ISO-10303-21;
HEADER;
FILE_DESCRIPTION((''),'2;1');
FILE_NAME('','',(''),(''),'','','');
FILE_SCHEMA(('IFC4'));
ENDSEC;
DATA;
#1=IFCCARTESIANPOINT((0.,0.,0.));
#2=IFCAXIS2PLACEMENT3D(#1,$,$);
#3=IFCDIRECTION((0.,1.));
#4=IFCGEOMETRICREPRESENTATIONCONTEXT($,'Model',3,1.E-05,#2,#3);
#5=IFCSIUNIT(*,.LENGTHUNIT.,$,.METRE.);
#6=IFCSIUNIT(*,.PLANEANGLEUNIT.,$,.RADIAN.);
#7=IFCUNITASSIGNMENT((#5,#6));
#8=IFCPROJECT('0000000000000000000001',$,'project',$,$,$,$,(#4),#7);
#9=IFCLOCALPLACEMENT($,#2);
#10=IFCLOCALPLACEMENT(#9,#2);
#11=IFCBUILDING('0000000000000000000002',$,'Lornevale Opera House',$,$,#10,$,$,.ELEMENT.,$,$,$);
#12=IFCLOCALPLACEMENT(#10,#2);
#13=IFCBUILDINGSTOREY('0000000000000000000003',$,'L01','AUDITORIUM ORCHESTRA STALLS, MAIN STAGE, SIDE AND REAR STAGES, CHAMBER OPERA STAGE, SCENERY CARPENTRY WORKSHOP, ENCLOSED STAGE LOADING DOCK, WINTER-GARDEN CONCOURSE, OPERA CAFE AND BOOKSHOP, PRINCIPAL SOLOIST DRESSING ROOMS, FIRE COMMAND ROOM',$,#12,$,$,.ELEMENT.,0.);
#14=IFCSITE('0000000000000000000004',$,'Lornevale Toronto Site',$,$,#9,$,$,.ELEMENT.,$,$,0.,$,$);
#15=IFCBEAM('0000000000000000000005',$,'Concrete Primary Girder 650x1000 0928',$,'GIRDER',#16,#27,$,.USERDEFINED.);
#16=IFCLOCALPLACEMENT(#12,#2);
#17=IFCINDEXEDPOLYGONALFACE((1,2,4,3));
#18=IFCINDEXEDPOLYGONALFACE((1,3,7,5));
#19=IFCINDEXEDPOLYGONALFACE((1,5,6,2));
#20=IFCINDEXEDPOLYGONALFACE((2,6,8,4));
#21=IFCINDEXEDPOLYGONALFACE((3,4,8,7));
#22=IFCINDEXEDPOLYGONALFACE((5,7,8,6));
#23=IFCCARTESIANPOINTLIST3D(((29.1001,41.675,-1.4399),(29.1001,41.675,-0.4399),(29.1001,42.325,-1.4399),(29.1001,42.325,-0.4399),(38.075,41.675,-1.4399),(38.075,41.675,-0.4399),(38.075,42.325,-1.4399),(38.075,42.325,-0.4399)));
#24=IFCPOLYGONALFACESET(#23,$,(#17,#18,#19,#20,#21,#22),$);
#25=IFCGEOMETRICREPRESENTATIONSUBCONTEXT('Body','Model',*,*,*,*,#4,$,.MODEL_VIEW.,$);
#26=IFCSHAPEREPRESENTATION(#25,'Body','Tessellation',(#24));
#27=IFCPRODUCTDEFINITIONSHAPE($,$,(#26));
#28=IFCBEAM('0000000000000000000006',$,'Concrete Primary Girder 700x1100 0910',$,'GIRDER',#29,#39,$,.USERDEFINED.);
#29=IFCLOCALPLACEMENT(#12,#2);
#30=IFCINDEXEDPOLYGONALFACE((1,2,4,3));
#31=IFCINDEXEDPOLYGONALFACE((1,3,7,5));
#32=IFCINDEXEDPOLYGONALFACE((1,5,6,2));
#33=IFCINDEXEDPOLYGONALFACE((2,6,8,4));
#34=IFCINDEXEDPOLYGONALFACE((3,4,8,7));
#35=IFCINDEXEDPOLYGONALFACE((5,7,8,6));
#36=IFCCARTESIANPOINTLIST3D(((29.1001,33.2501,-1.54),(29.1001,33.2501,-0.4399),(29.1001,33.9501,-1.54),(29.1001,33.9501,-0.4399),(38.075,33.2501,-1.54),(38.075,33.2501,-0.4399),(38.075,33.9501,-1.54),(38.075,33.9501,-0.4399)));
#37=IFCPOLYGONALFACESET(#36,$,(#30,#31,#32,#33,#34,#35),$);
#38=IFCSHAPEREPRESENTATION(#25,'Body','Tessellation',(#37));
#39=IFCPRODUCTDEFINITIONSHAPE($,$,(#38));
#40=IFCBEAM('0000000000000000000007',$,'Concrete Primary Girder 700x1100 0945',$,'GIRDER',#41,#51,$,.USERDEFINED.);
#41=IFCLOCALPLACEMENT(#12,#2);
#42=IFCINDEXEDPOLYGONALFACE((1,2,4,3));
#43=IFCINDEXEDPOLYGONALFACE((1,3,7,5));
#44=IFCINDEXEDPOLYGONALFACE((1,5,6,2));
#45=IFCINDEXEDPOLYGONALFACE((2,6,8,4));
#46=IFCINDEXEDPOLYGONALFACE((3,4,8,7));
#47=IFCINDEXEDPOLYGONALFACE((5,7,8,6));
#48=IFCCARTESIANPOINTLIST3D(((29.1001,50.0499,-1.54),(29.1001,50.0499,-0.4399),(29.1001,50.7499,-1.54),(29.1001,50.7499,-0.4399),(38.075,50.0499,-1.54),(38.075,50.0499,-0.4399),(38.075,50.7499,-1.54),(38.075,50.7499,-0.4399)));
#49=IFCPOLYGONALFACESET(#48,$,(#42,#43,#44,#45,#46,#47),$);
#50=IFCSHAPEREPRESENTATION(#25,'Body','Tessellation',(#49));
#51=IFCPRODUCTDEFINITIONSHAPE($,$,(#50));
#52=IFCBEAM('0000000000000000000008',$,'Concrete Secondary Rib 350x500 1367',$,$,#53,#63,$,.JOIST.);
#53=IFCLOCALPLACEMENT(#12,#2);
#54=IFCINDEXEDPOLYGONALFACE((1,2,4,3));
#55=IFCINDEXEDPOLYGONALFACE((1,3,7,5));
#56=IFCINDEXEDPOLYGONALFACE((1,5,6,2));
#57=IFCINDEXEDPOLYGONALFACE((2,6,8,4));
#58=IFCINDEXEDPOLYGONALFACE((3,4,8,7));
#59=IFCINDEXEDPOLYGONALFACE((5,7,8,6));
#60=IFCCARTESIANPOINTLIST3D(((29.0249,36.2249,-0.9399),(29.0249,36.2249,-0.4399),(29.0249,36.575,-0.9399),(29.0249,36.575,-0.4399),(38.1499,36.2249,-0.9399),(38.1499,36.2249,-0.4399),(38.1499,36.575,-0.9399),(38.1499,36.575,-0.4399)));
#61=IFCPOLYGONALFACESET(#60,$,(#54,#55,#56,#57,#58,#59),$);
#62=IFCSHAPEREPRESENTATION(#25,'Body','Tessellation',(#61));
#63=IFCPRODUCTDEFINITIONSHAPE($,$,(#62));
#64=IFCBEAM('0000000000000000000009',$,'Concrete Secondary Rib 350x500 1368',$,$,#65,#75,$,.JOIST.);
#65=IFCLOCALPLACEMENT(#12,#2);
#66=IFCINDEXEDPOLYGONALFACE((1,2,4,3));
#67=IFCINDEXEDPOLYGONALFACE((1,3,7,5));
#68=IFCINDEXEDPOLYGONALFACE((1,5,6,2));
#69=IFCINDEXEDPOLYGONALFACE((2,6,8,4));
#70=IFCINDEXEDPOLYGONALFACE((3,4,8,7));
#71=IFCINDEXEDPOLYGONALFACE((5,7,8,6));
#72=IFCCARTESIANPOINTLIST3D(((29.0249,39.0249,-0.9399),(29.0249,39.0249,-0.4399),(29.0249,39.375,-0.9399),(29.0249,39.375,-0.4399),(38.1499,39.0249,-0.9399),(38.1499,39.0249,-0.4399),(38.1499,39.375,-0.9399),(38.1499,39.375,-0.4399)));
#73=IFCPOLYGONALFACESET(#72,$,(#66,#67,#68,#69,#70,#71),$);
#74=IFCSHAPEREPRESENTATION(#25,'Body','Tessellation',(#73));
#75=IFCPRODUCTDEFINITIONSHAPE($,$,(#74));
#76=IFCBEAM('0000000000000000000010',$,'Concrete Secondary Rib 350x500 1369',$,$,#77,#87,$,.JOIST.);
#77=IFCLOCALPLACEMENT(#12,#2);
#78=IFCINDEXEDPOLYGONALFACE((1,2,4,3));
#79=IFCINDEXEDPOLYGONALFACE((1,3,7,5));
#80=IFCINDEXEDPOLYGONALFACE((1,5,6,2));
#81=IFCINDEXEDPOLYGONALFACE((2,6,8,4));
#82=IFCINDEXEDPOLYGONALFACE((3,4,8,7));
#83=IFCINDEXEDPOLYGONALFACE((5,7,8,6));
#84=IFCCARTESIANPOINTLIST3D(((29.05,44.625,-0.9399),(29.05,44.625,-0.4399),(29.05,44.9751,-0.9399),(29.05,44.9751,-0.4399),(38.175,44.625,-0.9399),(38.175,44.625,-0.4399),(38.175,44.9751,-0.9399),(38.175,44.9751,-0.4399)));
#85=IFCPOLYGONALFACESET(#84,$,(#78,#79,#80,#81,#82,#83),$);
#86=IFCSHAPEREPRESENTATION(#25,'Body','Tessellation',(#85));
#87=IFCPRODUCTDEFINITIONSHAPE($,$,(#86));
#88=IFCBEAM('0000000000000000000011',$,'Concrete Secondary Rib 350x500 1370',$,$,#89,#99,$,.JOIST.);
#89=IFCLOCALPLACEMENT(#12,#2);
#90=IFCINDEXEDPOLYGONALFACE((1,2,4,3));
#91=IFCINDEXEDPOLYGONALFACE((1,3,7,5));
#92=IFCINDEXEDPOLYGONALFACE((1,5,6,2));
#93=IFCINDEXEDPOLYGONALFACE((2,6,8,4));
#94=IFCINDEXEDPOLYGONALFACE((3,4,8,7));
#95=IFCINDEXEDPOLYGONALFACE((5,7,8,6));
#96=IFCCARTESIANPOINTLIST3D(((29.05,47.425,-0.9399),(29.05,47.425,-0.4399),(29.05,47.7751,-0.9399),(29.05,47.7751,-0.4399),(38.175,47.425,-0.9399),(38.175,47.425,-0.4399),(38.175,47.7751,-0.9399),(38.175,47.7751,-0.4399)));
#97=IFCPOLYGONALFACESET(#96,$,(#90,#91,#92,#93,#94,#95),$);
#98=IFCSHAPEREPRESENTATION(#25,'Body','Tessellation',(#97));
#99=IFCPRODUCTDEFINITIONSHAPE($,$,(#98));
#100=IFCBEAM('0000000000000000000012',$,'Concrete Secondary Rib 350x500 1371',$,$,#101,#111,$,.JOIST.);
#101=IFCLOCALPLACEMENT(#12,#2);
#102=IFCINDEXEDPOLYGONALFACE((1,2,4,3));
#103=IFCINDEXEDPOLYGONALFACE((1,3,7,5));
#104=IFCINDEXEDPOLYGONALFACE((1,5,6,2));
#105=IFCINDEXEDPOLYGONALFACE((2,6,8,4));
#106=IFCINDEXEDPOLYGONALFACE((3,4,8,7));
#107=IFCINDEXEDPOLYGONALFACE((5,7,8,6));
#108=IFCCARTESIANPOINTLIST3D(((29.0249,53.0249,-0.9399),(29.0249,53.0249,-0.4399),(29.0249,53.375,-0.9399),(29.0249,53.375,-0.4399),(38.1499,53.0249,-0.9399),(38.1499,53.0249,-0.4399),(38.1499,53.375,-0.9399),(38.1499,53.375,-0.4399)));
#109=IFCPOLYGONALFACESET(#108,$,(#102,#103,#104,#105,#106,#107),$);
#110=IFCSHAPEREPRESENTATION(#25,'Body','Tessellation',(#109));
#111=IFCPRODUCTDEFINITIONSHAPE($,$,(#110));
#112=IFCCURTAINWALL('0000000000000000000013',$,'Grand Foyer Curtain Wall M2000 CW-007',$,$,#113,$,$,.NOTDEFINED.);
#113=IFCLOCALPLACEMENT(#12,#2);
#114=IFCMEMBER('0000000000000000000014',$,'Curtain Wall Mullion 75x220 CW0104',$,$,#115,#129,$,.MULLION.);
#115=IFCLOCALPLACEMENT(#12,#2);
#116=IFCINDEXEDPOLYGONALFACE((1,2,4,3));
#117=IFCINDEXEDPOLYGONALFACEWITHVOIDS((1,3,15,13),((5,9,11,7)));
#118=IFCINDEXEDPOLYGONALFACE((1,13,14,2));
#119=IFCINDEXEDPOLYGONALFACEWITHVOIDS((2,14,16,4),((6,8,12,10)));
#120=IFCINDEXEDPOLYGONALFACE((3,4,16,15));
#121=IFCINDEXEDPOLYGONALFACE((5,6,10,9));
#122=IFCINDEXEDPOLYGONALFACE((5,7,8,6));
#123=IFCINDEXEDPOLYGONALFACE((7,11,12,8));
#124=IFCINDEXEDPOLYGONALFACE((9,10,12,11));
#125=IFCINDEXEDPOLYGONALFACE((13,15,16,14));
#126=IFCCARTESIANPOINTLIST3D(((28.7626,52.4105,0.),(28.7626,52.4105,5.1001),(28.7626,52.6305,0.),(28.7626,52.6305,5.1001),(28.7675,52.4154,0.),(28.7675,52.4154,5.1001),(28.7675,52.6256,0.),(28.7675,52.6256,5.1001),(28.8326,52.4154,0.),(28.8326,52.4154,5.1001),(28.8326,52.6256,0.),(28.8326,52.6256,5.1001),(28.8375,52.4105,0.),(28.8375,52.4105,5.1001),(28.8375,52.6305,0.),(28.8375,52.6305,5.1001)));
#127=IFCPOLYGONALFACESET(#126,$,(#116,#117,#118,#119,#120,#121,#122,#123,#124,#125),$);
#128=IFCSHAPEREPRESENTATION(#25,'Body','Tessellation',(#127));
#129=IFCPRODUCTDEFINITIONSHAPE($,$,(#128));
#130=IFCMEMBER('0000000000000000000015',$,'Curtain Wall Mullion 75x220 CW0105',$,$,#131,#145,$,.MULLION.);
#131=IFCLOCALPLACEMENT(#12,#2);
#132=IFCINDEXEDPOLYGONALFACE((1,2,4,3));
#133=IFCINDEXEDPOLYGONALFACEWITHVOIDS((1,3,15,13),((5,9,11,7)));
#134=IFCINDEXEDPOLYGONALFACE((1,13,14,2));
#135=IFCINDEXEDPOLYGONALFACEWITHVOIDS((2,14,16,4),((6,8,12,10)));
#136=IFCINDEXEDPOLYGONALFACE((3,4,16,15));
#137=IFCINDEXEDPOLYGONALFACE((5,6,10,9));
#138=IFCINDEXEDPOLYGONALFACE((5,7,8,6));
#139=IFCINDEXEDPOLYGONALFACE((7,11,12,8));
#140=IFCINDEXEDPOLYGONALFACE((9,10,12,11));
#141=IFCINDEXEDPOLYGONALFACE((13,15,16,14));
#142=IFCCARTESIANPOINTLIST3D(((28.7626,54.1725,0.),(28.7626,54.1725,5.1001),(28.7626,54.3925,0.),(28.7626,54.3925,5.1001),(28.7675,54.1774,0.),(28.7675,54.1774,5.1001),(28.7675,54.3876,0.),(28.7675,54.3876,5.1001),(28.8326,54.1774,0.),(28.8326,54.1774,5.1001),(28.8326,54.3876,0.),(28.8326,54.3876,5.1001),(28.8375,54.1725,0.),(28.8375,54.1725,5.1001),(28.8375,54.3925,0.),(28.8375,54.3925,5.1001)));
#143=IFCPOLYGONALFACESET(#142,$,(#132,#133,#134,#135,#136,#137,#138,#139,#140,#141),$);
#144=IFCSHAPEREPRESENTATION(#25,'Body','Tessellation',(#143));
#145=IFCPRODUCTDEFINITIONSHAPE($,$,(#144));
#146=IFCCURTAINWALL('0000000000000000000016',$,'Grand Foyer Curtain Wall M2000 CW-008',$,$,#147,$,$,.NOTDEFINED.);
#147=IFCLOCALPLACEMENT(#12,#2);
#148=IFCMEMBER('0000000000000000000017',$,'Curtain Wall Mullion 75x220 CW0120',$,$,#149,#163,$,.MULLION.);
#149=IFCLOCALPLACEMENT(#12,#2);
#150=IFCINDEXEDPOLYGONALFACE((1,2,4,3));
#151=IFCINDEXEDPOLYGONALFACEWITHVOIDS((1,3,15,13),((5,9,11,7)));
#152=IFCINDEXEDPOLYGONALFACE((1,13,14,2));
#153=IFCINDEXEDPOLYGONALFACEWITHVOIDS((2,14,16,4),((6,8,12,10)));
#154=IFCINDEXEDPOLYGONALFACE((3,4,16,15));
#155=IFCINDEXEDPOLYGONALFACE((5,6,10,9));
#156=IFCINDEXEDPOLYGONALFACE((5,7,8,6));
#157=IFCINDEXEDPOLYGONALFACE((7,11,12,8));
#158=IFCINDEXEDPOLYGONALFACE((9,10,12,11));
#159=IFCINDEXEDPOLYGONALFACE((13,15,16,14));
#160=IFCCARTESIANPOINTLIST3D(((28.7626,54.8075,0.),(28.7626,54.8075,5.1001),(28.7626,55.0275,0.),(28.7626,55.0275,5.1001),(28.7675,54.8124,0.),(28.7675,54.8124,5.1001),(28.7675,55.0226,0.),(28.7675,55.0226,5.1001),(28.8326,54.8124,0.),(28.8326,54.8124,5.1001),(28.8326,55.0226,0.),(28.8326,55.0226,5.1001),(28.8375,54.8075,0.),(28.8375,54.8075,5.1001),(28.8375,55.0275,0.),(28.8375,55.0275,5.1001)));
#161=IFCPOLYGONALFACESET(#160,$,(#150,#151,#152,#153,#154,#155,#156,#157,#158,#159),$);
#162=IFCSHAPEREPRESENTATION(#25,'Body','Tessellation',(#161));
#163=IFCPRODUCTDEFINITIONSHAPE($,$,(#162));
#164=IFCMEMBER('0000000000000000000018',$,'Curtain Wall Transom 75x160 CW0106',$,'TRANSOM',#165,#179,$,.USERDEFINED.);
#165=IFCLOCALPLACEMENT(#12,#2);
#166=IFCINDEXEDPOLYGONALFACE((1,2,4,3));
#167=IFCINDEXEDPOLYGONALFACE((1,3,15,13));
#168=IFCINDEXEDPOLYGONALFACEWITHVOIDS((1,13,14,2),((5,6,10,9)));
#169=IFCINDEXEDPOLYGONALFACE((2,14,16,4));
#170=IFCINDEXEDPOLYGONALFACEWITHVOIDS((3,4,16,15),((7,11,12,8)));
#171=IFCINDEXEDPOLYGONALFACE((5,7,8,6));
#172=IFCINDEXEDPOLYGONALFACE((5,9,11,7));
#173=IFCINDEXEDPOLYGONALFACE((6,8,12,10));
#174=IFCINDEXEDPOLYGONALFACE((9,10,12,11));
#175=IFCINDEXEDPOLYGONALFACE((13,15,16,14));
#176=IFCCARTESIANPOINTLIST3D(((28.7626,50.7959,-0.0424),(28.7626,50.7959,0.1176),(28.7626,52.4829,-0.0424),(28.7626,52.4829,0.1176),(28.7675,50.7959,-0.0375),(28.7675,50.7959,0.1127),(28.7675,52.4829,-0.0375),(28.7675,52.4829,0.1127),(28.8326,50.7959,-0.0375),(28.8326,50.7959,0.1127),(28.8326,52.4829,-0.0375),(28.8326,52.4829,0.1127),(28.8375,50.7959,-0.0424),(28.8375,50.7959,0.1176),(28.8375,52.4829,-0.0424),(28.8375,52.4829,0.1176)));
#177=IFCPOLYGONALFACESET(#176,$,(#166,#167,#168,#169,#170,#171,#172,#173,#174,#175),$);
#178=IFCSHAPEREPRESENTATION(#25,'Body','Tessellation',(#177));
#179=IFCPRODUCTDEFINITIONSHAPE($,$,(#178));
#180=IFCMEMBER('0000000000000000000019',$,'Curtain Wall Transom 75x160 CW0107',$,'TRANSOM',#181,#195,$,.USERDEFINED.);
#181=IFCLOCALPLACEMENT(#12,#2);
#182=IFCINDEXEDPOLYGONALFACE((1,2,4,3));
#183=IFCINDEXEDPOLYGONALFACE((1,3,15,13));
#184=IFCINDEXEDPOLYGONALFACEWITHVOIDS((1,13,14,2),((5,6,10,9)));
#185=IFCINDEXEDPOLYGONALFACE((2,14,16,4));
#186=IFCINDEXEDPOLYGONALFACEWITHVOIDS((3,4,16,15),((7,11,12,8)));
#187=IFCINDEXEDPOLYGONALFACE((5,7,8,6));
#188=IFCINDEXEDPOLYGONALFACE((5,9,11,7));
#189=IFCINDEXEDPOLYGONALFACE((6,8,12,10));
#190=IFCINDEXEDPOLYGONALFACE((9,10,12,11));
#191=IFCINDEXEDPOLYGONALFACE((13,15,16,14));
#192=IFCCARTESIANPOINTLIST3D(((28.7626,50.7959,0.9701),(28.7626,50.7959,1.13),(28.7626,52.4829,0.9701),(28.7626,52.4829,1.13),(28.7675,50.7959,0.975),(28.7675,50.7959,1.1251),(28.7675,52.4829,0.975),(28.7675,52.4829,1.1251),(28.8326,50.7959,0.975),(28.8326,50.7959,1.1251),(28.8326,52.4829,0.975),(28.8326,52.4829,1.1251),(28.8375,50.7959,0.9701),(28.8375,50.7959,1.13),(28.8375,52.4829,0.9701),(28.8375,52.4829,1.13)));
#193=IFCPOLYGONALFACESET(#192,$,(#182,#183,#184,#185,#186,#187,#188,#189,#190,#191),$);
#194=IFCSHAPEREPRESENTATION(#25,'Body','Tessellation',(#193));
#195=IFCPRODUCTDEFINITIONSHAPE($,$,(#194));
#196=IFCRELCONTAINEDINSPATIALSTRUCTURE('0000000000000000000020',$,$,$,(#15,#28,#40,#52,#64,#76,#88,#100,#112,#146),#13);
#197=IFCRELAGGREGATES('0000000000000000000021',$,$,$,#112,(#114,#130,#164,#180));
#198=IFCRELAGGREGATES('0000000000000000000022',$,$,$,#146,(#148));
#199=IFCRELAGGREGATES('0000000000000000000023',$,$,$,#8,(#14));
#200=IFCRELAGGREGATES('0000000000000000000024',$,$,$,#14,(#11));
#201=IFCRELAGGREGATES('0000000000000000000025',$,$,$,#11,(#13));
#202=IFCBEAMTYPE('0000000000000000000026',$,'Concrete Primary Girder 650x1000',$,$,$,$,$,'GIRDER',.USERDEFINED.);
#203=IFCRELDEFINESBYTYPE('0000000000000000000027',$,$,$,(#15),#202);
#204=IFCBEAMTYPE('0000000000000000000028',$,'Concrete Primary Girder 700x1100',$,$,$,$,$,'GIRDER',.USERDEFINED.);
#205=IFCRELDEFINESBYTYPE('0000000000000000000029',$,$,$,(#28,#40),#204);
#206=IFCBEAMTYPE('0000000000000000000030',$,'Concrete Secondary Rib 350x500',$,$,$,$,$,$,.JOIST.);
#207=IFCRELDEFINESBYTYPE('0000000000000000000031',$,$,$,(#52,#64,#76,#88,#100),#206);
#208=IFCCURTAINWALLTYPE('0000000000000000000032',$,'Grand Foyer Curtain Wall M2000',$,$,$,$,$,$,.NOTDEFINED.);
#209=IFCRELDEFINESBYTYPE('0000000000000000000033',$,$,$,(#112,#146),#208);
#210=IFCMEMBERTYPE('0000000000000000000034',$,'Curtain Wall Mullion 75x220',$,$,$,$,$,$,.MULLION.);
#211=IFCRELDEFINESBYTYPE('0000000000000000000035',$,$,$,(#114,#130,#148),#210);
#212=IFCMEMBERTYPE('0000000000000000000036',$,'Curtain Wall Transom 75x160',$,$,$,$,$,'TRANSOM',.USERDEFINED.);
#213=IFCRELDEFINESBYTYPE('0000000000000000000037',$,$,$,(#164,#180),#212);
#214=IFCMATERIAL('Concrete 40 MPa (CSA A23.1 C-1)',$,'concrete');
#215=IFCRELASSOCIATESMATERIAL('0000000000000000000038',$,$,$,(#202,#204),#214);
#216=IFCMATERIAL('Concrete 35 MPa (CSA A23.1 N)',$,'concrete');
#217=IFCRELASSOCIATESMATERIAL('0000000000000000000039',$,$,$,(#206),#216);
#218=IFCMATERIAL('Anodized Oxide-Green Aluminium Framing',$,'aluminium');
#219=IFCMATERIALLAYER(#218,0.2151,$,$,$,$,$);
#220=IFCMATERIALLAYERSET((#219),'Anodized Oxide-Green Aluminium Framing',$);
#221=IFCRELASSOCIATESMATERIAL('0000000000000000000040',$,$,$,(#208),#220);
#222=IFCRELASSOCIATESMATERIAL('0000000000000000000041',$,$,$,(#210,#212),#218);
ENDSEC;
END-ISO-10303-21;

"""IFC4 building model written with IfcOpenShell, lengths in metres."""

from ifc_helpers import new_model, si_unit, direction, frame, origin, origin_2d, place, context, subcontext, project, spatial, rectangle, hollow_rectangle, extrude, material, layer, layer_set, material_profile, profile_set, type_object, element, aggregate, save


model = new_model("IFC4")

# Units and contexts
model_context = context("Model", 3, precision=1e-05, world=origin(), true_north=direction((0.0, 1.0)))
body_context = subcontext(model_context, "Body", "Model", "MODEL_VIEW")
ifc_project = project(units=[si_unit("LENGTHUNIT", "METRE"), si_unit("PLANEANGLEUNIT", "RADIAN")], contexts=[model_context])

# Site, building, storey
site_placement = place(None, origin())
site = spatial("IfcSite", under=ifc_project, at=site_placement, Name="Lornevale Toronto Site", CompositionType="ELEMENT", RefElevation=0.0)
building_placement = place(site_placement, origin())
building = spatial("IfcBuilding", under=site, at=building_placement, Name="Lornevale Opera House", CompositionType="ELEMENT")
storey_placement = place(building_placement, origin())
storey = spatial("IfcBuildingStorey", under=building, at=storey_placement, Name="L01", Description="AUDITORIUM ORCHESTRA STALLS, MAIN STAGE, SIDE AND REAR STAGES, CHAMBER OPERA STAGE, SCENERY CARPENTRY WORKSHOP, ENCLOSED STAGE LOADING DOCK, WINTER-GARDEN CONCOURSE, OPERA CAFE AND BOOKSHOP, PRINCIPAL SOLOIST DRESSING ROOMS, FIRE COMMAND ROOM", CompositionType="ELEMENT", Elevation=0.0)

# Beams
ifc_material_1 = material(Name="Concrete 40 MPa (CSA A23.1 C-1)", Category="concrete")
ifc_material_profile_1 = material_profile(ifc_material_1, rectangle(XDim=0.6499, YDim=1.0, at=origin_2d()), Name="RC650x1000")
ifc_profile_set_1 = profile_set([ifc_material_profile_1], Name="Concrete 40 MPa (CSA A23.1 C-1)")
beam_type_1 = type_object("IfcBeamType", Name="Concrete Primary Girder 650x1000", ElementType="GIRDER", PredefinedType="USERDEFINED", material=ifc_profile_set_1)
beam_placement = place(storey_placement, frame((29.1001, 42.0, -0.9399), z_axis=(1.0, 0.0, 0.0), x_axis=(0.0, 1.0, 0.0)))
element("IfcBeam", 1, at=beam_placement, inside=storey, type_object=beam_type_1, Name="Concrete Primary Girder 650x1000 0928", ObjectType="GIRDER", PredefinedType="USERDEFINED", context=body_context, shape_type="SweptSolid", body=[
    extrude(rectangle(XDim=0.6499, YDim=1.0, at=origin_2d()), origin(), (0.0, 0.0, 1.0), 8.9749),
])
ifc_material_profile_2 = material_profile(ifc_material_1, rectangle(XDim=0.7, YDim=1.1001, at=origin_2d()), Name="RC700x1100")
ifc_profile_set_2 = profile_set([ifc_material_profile_2], Name="Concrete 40 MPa (CSA A23.1 C-1)")
beam_type_2 = type_object("IfcBeamType", Name="Concrete Primary Girder 700x1100", ElementType="GIRDER", PredefinedType="USERDEFINED", material=ifc_profile_set_2)
for number, where, z_axis, x_axis, name in (
    (2, (29.1001, 33.6001, -0.99), (1.0, 0.0, 0.0), (0.0, 1.0, 0.0), "Concrete Primary Girder 700x1100 0910"),
    (3, (29.1001, 50.3999, -0.99), (1.0, 0.0, 0.0), (0.0, 1.0, 0.0), "Concrete Primary Girder 700x1100 0945"),
):
    element("IfcBeam", number, at=place(storey_placement, frame(where, z_axis=z_axis, x_axis=x_axis)), inside=storey, type_object=beam_type_2, Name=name, ObjectType="GIRDER", PredefinedType="USERDEFINED", context=body_context, shape_type="SweptSolid", body=[
        extrude(rectangle(XDim=0.7, YDim=1.1001, at=origin_2d()), origin(), (0.0, 0.0, 1.0), 8.9749),
    ])
ifc_material_2 = material(Name="Concrete 35 MPa (CSA A23.1 N)", Category="concrete")
ifc_material_profile_3 = material_profile(ifc_material_2, rectangle(XDim=0.3501, YDim=0.5, at=origin_2d()), Name="RC350x500")
ifc_profile_set_3 = profile_set([ifc_material_profile_3], Name="Concrete 35 MPa (CSA A23.1 N)")
beam_type_3 = type_object("IfcBeamType", Name="Concrete Secondary Rib 350x500", PredefinedType="JOIST", material=ifc_profile_set_3)
for number, where, z_axis, x_axis, name in (
    (4, (29.0249, 36.3999, -0.6899), (1.0, 0.0, 0.0), (0.0, 1.0, 0.0), "Concrete Secondary Rib 350x500 1367"),
    (5, (29.0249, 39.2, -0.6899), (1.0, 0.0, 0.0), (0.0, 1.0, 0.0), "Concrete Secondary Rib 350x500 1368"),
    (6, (29.05, 44.8, -0.6899), (1.0, 0.0, 0.0), (0.0, 1.0, 0.0), "Concrete Secondary Rib 350x500 1369"),
    (7, (29.05, 47.6001, -0.6899), (1.0, 0.0, 0.0), (0.0, 1.0, 0.0), "Concrete Secondary Rib 350x500 1370"),
    (8, (29.0249, 53.2, -0.6899), (1.0, 0.0, 0.0), (0.0, 1.0, 0.0), "Concrete Secondary Rib 350x500 1371"),
):
    element("IfcBeam", number, at=place(storey_placement, frame(where, z_axis=z_axis, x_axis=x_axis)), inside=storey, type_object=beam_type_3, Name=name, PredefinedType="JOIST", context=body_context, shape_type="SweptSolid", body=[
        extrude(rectangle(XDim=0.3501, YDim=0.5, at=origin_2d()), origin(), (0.0, 0.0, 1.0), 9.125),
    ])

# Curtain wall, members
ifc_material_3 = material(Name="Anodized Oxide-Green Aluminium Framing", Category="aluminium")
ifc_layer_1 = layer(ifc_material_3, 0.2151)
ifc_layer_set_1 = layer_set([ifc_layer_1], Name="Anodized Oxide-Green Aluminium Framing")
curtain_wall_type = type_object("IfcCurtainWallType", Name="Grand Foyer Curtain Wall M2000", PredefinedType="NOTDEFINED", material=ifc_layer_set_1)
curtain_wall_1_placement = place(storey_placement, origin())
curtain_wall_1 = element("IfcCurtainWall", 9, at=curtain_wall_1_placement, inside=storey, type_object=curtain_wall_type, Name="Grand Foyer Curtain Wall M2000 CW-007", PredefinedType="NOTDEFINED")
ifc_material_profile_4 = material_profile(ifc_material_3, hollow_rectangle(XDim=0.075, YDim=0.22, WallThickness=0.0049, at=origin_2d()), Name="ALU75x220x5")
ifc_profile_set_4 = profile_set([ifc_material_profile_4], Name="Anodized Oxide-Green Aluminium Framing")
member_type_1 = type_object("IfcMemberType", Name="Curtain Wall Mullion 75x220", PredefinedType="MULLION", material=ifc_profile_set_4)
member_1_placement = place(storey_placement, frame((28.8, 52.5205, 0.0), z_axis=(0.0, 0.0, 1.0), x_axis=(-1.0, 0.0, 0.0)))
member_1 = element("IfcMember", 10, at=member_1_placement, type_object=member_type_1, Name="Curtain Wall Mullion 75x220 CW0104", PredefinedType="MULLION", context=body_context, shape_type="SweptSolid", body=[
    extrude(hollow_rectangle(XDim=0.075, YDim=0.22, WallThickness=0.0049, at=origin_2d()), origin(), (0.0, 0.0, 1.0), 5.1001),
])
member_2_placement = place(storey_placement, frame((28.8, 54.2825, 0.0), z_axis=(0.0, 0.0, 1.0), x_axis=(-1.0, 0.0, 0.0)))
member_2 = element("IfcMember", 11, at=member_2_placement, type_object=member_type_1, Name="Curtain Wall Mullion 75x220 CW0105", PredefinedType="MULLION", context=body_context, shape_type="SweptSolid", body=[
    extrude(hollow_rectangle(XDim=0.075, YDim=0.22, WallThickness=0.0049, at=origin_2d()), origin(), (0.0, 0.0, 1.0), 5.1001),
])

# Curtain wall, member
curtain_wall_2_placement = place(storey_placement, origin())
curtain_wall_2 = element("IfcCurtainWall", 12, at=curtain_wall_2_placement, inside=storey, type_object=curtain_wall_type, Name="Grand Foyer Curtain Wall M2000 CW-008", PredefinedType="NOTDEFINED")
member_3_placement = place(storey_placement, frame((28.8, 54.9175, 0.0), z_axis=(0.0, 0.0, 1.0), x_axis=(-1.0, 0.0, 0.0)))
member_3 = element("IfcMember", 13, at=member_3_placement, type_object=member_type_1, Name="Curtain Wall Mullion 75x220 CW0120", PredefinedType="MULLION", context=body_context, shape_type="SweptSolid", body=[
    extrude(hollow_rectangle(XDim=0.075, YDim=0.22, WallThickness=0.0049, at=origin_2d()), origin(), (0.0, 0.0, 1.0), 5.1001),
])

# Members
ifc_material_profile_5 = material_profile(ifc_material_3, hollow_rectangle(XDim=0.075, YDim=0.1599, WallThickness=0.0049, at=origin_2d()), Name="ALU75x160x5")
ifc_profile_set_5 = profile_set([ifc_material_profile_5], Name="Anodized Oxide-Green Aluminium Framing")
member_type_2 = type_object("IfcMemberType", Name="Curtain Wall Transom 75x160", ElementType="TRANSOM", PredefinedType="USERDEFINED", material=ifc_profile_set_5)
member_4_placement = place(storey_placement, frame((28.8, 50.7959, 0.0376), z_axis=(0.0, 1.0, 0.0), x_axis=(-1.0, 0.0, 0.0)))
member_4 = element("IfcMember", 14, at=member_4_placement, type_object=member_type_2, Name="Curtain Wall Transom 75x160 CW0106", ObjectType="TRANSOM", PredefinedType="USERDEFINED", context=body_context, shape_type="SweptSolid", body=[
    extrude(hollow_rectangle(XDim=0.075, YDim=0.1599, WallThickness=0.0049, at=origin_2d()), origin(), (0.0, 0.0, 1.0), 1.687),
])
member_5_placement = place(storey_placement, frame((28.8, 50.7959, 1.05), z_axis=(0.0, 1.0, 0.0), x_axis=(-1.0, 0.0, 0.0)))
member_5 = element("IfcMember", 15, at=member_5_placement, type_object=member_type_2, Name="Curtain Wall Transom 75x160 CW0107", ObjectType="TRANSOM", PredefinedType="USERDEFINED", context=body_context, shape_type="SweptSolid", body=[
    extrude(hollow_rectangle(XDim=0.075, YDim=0.1599, WallThickness=0.0049, at=origin_2d()), origin(), (0.0, 0.0, 1.0), 1.687),
])

aggregate(curtain_wall_1, [member_1, member_2, member_4, member_5])
aggregate(curtain_wall_2, [member_3])

save(model, "model.ifc")
